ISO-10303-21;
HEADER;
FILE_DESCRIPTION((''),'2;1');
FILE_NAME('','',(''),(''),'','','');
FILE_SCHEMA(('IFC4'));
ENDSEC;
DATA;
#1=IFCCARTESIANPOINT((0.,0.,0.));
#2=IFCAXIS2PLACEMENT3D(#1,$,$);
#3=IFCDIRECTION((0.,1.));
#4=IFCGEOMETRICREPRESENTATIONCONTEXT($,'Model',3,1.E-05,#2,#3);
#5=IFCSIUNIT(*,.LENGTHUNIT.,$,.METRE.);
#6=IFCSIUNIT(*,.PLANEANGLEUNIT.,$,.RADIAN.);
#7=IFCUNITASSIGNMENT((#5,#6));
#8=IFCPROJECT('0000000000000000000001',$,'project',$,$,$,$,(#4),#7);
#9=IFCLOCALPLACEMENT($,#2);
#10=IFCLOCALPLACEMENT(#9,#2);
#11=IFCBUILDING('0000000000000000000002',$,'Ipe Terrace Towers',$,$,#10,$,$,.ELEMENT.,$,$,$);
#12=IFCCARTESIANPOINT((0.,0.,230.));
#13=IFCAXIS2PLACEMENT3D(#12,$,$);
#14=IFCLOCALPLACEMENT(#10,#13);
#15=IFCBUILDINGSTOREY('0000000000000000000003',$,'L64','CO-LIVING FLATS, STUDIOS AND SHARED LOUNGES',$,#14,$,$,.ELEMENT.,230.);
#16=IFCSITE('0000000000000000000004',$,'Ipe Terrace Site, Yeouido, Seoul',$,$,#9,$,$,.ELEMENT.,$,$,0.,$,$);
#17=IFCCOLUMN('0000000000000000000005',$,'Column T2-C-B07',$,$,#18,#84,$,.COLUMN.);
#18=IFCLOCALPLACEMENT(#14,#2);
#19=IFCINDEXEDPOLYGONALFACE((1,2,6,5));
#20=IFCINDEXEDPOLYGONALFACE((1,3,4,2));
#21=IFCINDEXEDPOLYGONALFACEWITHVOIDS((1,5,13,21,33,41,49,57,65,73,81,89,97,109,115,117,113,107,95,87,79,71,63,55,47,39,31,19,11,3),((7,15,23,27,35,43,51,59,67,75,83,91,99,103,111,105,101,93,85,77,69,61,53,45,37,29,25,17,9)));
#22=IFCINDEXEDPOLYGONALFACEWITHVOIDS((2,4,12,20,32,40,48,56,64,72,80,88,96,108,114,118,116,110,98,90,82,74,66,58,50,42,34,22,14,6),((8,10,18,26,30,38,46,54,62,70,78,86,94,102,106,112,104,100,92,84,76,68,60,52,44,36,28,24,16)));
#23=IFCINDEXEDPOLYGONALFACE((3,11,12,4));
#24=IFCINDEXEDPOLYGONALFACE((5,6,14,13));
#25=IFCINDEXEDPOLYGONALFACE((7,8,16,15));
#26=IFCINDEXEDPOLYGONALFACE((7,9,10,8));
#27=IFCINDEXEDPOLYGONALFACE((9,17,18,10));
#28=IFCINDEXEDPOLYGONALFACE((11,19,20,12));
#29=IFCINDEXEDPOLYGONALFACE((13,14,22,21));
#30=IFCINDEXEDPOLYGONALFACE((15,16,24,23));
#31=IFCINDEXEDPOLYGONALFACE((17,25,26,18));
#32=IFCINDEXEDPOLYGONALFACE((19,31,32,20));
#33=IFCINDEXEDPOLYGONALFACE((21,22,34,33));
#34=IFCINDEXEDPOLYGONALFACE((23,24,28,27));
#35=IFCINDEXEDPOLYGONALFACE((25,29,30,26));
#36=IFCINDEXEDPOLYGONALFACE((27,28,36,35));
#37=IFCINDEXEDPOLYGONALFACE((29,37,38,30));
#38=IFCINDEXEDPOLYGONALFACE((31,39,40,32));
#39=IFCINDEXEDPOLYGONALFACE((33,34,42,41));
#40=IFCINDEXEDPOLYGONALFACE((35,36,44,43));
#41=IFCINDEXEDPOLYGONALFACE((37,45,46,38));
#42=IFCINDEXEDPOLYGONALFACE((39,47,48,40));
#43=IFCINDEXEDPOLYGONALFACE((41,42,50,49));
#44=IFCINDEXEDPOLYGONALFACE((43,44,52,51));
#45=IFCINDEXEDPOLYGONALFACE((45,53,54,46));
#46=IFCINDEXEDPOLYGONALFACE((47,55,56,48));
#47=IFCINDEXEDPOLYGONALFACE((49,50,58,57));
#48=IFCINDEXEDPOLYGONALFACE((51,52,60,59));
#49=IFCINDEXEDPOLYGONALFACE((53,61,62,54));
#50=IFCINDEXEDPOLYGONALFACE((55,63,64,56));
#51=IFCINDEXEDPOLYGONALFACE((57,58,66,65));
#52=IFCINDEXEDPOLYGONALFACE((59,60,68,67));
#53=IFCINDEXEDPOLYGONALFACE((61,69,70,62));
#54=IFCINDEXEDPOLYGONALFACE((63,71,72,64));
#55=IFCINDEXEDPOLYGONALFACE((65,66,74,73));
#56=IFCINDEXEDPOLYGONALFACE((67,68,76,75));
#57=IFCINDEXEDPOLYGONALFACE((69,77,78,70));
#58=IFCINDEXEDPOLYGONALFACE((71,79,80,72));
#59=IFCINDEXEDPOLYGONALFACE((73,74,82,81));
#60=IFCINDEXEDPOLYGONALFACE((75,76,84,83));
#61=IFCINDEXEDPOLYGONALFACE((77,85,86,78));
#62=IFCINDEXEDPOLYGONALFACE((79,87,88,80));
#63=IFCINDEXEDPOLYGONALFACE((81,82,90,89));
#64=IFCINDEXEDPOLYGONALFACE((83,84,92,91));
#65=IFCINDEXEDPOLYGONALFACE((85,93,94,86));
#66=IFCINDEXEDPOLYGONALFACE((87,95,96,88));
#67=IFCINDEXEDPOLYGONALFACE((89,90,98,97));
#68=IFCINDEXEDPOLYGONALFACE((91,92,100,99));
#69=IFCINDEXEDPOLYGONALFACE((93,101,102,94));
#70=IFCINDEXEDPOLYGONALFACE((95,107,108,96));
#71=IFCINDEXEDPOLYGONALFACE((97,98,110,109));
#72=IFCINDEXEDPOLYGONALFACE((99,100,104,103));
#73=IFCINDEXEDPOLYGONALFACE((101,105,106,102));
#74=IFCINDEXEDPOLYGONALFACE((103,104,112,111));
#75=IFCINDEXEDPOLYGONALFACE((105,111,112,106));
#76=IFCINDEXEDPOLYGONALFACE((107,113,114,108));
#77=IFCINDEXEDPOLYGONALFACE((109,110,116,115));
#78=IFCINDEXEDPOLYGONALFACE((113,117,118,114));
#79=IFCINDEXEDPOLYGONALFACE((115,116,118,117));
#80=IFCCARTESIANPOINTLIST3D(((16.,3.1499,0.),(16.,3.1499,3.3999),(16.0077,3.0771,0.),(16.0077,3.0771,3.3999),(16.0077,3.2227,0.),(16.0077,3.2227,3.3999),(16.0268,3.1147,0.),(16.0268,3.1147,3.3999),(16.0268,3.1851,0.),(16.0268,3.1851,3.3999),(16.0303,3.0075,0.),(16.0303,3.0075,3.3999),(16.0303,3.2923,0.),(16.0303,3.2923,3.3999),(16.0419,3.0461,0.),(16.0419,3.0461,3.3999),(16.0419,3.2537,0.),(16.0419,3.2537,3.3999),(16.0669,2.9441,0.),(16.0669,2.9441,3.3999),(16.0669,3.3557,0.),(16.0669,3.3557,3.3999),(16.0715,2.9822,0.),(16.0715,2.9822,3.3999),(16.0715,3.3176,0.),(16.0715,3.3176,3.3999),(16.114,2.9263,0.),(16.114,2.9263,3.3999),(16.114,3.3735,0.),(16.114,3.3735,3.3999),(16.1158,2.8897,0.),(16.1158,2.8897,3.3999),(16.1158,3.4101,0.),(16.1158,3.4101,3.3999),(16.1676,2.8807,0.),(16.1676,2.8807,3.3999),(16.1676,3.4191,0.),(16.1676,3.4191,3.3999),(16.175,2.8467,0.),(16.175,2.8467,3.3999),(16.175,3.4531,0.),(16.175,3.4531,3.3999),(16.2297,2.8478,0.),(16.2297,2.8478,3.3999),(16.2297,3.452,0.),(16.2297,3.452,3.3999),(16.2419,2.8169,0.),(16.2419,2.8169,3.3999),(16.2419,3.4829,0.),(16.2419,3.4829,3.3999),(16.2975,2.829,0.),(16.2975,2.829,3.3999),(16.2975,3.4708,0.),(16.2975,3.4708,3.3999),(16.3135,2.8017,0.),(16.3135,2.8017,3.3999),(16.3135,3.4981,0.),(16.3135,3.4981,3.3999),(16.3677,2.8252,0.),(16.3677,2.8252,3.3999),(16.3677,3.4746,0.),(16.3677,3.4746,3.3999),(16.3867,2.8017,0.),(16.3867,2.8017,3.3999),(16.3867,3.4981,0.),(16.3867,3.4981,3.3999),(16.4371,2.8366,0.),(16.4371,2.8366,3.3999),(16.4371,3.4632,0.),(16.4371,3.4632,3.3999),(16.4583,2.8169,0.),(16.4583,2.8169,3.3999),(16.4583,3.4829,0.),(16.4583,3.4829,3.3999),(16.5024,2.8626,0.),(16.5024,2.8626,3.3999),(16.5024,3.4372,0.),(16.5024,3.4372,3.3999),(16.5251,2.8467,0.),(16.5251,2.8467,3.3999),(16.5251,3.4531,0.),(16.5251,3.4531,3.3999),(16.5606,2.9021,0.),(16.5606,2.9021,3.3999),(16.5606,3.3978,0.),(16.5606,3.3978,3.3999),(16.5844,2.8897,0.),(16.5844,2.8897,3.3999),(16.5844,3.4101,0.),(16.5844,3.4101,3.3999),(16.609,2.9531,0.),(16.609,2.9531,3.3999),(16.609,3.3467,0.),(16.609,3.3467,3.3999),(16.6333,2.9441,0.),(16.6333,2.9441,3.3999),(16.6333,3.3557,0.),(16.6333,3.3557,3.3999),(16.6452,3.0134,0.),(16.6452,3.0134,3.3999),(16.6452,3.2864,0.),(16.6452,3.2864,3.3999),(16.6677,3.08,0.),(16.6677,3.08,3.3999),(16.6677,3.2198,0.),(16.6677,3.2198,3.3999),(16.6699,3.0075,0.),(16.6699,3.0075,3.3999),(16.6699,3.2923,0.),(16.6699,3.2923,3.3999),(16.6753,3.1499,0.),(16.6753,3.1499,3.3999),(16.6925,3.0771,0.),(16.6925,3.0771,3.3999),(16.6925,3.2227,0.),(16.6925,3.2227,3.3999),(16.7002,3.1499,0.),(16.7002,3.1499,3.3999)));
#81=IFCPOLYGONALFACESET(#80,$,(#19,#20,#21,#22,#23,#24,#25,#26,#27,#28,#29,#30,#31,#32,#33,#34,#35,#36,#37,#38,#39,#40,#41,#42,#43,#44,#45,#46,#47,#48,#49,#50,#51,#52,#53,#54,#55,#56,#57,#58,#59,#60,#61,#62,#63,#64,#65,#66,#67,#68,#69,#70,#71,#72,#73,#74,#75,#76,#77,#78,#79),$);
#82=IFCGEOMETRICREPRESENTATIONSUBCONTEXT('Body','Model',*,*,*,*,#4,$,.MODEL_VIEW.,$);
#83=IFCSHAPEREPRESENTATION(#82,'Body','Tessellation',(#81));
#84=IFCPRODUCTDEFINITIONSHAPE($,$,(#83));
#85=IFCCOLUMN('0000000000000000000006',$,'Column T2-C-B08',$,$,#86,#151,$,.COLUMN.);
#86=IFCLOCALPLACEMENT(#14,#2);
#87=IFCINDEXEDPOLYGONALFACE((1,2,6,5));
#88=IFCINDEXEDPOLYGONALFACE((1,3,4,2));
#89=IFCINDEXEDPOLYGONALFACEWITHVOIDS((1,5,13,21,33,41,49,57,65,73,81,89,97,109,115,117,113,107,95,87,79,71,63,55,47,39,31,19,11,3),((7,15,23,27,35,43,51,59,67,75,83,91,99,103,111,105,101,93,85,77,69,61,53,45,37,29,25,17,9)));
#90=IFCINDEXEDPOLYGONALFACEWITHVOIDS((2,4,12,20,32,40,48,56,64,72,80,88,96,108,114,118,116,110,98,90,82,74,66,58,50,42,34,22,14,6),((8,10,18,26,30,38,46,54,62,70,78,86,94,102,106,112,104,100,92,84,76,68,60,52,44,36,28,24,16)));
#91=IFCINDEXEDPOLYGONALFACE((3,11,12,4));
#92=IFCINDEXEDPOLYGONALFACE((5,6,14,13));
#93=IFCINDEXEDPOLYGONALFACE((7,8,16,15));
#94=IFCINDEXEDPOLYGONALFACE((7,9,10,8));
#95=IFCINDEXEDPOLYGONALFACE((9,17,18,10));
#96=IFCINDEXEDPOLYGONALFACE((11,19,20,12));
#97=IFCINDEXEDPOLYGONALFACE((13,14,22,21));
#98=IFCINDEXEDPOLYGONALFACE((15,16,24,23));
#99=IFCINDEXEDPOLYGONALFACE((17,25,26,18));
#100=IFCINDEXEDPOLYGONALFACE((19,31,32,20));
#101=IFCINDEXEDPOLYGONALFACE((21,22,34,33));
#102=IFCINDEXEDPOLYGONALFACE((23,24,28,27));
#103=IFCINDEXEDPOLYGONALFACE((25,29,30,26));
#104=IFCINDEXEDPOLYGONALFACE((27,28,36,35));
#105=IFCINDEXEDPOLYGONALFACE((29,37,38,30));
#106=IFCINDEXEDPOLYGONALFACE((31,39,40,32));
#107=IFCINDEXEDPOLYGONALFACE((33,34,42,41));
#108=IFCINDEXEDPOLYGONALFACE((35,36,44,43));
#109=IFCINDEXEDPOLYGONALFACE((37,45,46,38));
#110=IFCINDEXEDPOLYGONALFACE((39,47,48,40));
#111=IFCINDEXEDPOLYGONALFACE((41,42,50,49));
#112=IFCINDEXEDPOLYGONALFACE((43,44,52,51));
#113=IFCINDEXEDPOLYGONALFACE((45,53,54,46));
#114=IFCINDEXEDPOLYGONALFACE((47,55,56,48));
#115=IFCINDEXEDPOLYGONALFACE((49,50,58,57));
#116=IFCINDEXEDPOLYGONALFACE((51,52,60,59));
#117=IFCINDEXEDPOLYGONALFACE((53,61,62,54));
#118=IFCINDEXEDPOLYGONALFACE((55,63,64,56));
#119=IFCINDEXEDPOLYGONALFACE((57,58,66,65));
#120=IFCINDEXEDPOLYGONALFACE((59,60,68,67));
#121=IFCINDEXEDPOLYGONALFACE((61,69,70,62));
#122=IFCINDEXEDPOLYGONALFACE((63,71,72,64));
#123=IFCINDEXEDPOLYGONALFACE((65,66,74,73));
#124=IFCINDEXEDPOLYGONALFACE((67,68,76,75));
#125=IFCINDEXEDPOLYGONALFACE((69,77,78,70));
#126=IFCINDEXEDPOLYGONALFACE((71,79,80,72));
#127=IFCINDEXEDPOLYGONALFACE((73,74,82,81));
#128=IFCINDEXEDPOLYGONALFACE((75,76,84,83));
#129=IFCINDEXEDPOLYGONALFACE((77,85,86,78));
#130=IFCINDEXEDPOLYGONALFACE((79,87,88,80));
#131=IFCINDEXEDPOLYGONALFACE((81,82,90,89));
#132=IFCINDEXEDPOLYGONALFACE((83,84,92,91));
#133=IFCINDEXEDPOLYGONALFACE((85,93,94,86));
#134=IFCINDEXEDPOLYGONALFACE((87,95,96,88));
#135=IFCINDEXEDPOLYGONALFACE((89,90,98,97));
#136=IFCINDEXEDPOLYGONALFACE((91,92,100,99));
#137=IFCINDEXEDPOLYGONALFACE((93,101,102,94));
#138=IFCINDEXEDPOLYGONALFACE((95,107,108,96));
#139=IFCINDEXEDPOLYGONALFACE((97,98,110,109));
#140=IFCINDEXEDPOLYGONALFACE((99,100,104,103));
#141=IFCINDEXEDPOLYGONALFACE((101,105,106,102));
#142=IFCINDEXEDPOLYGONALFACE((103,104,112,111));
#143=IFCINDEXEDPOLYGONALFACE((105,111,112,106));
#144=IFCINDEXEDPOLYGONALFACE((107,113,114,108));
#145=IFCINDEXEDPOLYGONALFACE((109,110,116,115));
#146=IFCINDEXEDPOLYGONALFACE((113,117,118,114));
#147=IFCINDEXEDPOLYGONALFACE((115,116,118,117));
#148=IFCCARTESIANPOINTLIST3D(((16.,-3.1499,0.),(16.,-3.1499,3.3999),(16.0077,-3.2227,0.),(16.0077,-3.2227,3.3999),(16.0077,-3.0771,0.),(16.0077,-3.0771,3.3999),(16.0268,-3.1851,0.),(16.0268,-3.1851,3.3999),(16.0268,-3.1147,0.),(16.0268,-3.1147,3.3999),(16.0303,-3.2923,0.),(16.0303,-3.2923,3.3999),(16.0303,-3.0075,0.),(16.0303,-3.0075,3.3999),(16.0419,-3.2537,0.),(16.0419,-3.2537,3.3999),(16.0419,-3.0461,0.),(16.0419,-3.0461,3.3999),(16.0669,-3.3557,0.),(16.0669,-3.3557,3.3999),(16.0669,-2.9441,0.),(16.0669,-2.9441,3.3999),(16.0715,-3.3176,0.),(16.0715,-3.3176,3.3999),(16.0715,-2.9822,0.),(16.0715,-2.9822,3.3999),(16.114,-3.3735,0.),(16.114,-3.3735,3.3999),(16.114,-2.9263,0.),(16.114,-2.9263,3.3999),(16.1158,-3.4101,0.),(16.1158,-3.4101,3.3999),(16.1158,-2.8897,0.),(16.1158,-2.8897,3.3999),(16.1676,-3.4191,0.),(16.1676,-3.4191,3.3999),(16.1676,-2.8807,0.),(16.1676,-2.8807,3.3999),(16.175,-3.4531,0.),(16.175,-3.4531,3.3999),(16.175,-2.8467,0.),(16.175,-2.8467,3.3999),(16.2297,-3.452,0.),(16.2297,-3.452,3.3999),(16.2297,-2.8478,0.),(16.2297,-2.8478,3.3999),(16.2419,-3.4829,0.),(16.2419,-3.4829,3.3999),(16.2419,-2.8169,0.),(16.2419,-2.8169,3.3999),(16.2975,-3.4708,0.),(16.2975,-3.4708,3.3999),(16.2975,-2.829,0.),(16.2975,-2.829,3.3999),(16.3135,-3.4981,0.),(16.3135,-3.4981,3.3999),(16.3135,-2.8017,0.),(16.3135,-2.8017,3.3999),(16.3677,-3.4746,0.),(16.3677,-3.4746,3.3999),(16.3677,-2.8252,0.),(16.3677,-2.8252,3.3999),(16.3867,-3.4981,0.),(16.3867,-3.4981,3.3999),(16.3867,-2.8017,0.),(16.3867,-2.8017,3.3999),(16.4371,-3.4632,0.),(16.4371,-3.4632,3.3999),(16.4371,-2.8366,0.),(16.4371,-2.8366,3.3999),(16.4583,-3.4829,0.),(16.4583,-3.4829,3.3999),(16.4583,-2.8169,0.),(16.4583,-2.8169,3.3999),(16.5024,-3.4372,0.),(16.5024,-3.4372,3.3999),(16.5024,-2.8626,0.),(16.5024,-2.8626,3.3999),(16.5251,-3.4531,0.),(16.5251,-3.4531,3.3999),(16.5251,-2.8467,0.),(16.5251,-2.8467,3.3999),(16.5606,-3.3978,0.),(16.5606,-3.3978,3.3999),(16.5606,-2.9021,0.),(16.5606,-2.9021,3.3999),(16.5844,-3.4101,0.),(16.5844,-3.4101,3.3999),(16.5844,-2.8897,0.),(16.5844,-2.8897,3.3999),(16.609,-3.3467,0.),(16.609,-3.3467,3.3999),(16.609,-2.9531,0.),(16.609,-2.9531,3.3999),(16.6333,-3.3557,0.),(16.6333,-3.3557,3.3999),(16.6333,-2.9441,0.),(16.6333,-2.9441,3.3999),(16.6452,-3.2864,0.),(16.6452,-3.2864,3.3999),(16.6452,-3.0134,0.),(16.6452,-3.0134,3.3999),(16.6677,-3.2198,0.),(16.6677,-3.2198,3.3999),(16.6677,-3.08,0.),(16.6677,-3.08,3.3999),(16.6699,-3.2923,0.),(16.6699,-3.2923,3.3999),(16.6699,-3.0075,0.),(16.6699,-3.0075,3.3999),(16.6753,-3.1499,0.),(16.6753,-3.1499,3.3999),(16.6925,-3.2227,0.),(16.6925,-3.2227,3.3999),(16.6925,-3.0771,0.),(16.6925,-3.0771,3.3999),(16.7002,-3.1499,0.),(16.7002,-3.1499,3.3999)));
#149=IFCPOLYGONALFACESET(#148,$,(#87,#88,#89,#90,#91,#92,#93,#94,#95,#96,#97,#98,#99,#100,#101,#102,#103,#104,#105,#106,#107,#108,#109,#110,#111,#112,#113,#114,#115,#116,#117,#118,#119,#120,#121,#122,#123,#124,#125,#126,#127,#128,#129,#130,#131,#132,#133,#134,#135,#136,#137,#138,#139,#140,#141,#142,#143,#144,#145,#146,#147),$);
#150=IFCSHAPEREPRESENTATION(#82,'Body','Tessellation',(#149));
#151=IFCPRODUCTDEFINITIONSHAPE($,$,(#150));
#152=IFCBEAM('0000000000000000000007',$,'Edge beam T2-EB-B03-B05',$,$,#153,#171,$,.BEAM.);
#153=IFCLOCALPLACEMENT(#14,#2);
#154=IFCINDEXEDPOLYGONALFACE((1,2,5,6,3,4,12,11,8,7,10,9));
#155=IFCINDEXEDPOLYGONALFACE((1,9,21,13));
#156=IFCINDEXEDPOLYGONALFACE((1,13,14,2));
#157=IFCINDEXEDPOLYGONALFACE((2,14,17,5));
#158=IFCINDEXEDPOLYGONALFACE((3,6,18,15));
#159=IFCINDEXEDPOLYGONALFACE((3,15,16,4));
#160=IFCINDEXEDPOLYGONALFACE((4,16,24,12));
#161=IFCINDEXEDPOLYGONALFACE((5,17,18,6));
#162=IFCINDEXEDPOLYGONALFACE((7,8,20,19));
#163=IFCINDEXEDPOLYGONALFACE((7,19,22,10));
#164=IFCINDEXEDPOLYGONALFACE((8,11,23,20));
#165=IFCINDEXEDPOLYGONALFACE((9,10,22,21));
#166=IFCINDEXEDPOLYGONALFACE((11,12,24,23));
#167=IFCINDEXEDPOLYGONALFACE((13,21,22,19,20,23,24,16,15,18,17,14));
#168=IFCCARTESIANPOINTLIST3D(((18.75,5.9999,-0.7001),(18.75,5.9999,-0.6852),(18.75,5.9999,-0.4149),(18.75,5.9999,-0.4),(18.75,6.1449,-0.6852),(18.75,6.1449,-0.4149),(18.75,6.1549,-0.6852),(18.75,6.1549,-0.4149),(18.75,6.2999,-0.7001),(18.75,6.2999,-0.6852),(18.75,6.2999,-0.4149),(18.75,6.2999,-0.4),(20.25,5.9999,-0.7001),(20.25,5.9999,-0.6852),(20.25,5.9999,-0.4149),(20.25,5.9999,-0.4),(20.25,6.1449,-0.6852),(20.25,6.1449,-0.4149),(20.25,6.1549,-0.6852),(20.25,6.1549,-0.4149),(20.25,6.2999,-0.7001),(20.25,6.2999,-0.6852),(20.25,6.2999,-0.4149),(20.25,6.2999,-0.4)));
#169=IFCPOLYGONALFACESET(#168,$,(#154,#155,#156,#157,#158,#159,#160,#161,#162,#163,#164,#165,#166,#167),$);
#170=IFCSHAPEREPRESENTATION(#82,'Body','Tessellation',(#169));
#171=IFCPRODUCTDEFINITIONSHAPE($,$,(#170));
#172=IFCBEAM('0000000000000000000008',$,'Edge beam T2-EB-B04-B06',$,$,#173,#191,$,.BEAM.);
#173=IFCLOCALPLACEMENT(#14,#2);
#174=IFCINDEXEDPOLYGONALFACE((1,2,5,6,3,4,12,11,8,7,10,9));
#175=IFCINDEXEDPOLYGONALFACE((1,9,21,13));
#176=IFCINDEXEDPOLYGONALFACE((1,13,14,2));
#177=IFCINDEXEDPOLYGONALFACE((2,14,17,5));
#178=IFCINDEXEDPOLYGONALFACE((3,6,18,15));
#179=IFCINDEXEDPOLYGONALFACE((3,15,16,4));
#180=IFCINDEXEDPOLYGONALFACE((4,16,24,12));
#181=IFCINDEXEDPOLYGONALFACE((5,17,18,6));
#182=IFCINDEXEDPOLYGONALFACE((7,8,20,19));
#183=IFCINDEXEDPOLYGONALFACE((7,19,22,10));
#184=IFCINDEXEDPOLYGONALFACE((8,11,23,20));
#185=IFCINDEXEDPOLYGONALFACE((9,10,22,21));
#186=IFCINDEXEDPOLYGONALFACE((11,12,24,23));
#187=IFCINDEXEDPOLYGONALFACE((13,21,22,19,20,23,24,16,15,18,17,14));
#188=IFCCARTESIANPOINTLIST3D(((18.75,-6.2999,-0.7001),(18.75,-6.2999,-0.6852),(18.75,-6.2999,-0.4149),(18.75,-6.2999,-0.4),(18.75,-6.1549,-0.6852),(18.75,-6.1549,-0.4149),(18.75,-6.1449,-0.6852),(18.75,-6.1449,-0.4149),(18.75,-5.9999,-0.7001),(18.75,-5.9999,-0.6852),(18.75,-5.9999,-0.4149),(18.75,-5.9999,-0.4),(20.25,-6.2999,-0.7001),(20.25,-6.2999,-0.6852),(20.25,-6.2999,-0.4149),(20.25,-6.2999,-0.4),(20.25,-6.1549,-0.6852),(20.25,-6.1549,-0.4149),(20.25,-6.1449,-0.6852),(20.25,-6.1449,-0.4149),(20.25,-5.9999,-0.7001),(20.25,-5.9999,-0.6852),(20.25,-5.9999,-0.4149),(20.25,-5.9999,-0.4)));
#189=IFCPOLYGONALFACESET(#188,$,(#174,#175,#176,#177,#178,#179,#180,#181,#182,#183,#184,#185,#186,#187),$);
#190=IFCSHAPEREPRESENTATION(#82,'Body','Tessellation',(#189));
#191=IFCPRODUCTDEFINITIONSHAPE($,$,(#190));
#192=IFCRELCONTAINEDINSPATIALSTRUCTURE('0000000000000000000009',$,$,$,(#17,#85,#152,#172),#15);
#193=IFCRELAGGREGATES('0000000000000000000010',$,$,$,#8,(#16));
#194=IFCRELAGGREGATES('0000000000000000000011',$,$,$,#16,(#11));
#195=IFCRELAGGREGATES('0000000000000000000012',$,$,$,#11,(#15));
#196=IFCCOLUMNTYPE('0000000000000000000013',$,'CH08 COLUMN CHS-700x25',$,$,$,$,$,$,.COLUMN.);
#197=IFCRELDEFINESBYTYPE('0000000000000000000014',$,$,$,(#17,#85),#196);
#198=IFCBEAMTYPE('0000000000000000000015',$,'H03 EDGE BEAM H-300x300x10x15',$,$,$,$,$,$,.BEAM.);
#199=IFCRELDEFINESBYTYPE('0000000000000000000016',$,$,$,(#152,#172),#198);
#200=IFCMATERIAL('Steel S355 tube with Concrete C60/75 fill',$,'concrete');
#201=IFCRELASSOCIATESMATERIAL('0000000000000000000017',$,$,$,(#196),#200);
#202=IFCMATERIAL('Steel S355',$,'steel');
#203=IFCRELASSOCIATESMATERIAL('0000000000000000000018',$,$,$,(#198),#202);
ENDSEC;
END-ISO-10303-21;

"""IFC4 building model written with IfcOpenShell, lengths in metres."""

from ifc_helpers import new_model, si_unit, direction, frame, origin, origin_2d, place, context, subcontext, project, spatial, hollow_circle, i_section, extrude, material, material_profile, profile_set, type_object, element, save


model = new_model("IFC4")

# Units and contexts
model_context = context("Model", 3, precision=1e-05, world=origin(), true_north=direction((0.0, 1.0)))
body_context = subcontext(model_context, "Body", "Model", "MODEL_VIEW")
ifc_project = project(units=[si_unit("LENGTHUNIT", "METRE"), si_unit("PLANEANGLEUNIT", "RADIAN")], contexts=[model_context])

# Site, building, storey
site_placement = place(None, origin())
site = spatial("IfcSite", under=ifc_project, at=site_placement, Name="Ipe Terrace Site, Yeouido, Seoul", CompositionType="ELEMENT", RefElevation=0.0)
building_placement = place(site_placement, origin())
building = spatial("IfcBuilding", under=site, at=building_placement, Name="Ipe Terrace Towers", CompositionType="ELEMENT")
storey_placement = place(building_placement, frame((0.0, 0.0, 230.0)))
storey = spatial("IfcBuildingStorey", under=building, at=storey_placement, Name="L64", Description="CO-LIVING FLATS, STUDIOS AND SHARED LOUNGES", CompositionType="ELEMENT", Elevation=230.0)

# Columns
ifc_material_1 = material(Name="Steel S355 tube with Concrete C60/75 fill", Category="concrete")
ifc_material_profile_1 = material_profile(ifc_material_1, hollow_circle(Radius=0.3501, WallThickness=0.0249, at=origin_2d()), Name="CHS-700x25")
ifc_profile_set_1 = profile_set([ifc_material_profile_1], Name="Steel S355 tube with Concrete C60/75 fill")
column_type = type_object("IfcColumnType", Name="CH08 COLUMN CHS-700x25", PredefinedType="COLUMN", material=ifc_profile_set_1)
for number, where, z_axis, x_axis, name in (
    (1, (16.3501, 3.1499, 0.0), (0.0, 0.0, 1.0), (1.0, 0.0, 0.0), "Column T2-C-B07"),
    (2, (16.3501, -3.1499, 0.0), (0.0, 0.0, 1.0), (1.0, 0.0, 0.0), "Column T2-C-B08"),
):
    element("IfcColumn", number, at=place(storey_placement, frame(where, z_axis=z_axis, x_axis=x_axis)), inside=storey, type_object=column_type, Name=name, PredefinedType="COLUMN", context=body_context, shape_type="SweptSolid", body=[
        extrude(hollow_circle(Radius=0.3501, WallThickness=0.0249, at=origin_2d()), origin(), (0.0, 0.0, 1.0), 3.3999),
    ])

# Beams
ifc_material_2 = material(Name="Steel S355", Category="steel")
ifc_material_profile_2 = material_profile(ifc_material_2, i_section(OverallWidth=0.3, OverallDepth=0.3, WebThickness=0.01, FlangeThickness=0.0149, at=origin_2d()), Name="H-300x300x10x15")
ifc_profile_set_2 = profile_set([ifc_material_profile_2], Name="Steel S355")
beam_type_1 = type_object("IfcBeamType", Name="H03 EDGE BEAM H-300x300x10x15", PredefinedType="BEAM", material=ifc_profile_set_2)
for number, where, z_axis, x_axis, name in (
    (3, (20.25, 6.1499, -0.55), (-1.0, 0.0, 0.0), (0.0, -1.0, 0.0), "Edge beam T2-EB-B03-B05"),
    (4, (20.25, -6.1499, -0.55), (-1.0, 0.0, 0.0), (0.0, -1.0, 0.0), "Edge beam T2-EB-B04-B06"),
):
    element("IfcBeam", number, at=place(storey_placement, frame(where, z_axis=z_axis, x_axis=x_axis)), inside=storey, type_object=beam_type_1, Name=name, PredefinedType="BEAM", context=body_context, shape_type="SweptSolid", body=[
        extrude(i_section(OverallWidth=0.3, OverallDepth=0.3, WebThickness=0.01, FlangeThickness=0.0149, at=origin_2d()), origin(), (0.0, 0.0, 1.0), 1.5),
    ])

save(model, "model.ifc")
